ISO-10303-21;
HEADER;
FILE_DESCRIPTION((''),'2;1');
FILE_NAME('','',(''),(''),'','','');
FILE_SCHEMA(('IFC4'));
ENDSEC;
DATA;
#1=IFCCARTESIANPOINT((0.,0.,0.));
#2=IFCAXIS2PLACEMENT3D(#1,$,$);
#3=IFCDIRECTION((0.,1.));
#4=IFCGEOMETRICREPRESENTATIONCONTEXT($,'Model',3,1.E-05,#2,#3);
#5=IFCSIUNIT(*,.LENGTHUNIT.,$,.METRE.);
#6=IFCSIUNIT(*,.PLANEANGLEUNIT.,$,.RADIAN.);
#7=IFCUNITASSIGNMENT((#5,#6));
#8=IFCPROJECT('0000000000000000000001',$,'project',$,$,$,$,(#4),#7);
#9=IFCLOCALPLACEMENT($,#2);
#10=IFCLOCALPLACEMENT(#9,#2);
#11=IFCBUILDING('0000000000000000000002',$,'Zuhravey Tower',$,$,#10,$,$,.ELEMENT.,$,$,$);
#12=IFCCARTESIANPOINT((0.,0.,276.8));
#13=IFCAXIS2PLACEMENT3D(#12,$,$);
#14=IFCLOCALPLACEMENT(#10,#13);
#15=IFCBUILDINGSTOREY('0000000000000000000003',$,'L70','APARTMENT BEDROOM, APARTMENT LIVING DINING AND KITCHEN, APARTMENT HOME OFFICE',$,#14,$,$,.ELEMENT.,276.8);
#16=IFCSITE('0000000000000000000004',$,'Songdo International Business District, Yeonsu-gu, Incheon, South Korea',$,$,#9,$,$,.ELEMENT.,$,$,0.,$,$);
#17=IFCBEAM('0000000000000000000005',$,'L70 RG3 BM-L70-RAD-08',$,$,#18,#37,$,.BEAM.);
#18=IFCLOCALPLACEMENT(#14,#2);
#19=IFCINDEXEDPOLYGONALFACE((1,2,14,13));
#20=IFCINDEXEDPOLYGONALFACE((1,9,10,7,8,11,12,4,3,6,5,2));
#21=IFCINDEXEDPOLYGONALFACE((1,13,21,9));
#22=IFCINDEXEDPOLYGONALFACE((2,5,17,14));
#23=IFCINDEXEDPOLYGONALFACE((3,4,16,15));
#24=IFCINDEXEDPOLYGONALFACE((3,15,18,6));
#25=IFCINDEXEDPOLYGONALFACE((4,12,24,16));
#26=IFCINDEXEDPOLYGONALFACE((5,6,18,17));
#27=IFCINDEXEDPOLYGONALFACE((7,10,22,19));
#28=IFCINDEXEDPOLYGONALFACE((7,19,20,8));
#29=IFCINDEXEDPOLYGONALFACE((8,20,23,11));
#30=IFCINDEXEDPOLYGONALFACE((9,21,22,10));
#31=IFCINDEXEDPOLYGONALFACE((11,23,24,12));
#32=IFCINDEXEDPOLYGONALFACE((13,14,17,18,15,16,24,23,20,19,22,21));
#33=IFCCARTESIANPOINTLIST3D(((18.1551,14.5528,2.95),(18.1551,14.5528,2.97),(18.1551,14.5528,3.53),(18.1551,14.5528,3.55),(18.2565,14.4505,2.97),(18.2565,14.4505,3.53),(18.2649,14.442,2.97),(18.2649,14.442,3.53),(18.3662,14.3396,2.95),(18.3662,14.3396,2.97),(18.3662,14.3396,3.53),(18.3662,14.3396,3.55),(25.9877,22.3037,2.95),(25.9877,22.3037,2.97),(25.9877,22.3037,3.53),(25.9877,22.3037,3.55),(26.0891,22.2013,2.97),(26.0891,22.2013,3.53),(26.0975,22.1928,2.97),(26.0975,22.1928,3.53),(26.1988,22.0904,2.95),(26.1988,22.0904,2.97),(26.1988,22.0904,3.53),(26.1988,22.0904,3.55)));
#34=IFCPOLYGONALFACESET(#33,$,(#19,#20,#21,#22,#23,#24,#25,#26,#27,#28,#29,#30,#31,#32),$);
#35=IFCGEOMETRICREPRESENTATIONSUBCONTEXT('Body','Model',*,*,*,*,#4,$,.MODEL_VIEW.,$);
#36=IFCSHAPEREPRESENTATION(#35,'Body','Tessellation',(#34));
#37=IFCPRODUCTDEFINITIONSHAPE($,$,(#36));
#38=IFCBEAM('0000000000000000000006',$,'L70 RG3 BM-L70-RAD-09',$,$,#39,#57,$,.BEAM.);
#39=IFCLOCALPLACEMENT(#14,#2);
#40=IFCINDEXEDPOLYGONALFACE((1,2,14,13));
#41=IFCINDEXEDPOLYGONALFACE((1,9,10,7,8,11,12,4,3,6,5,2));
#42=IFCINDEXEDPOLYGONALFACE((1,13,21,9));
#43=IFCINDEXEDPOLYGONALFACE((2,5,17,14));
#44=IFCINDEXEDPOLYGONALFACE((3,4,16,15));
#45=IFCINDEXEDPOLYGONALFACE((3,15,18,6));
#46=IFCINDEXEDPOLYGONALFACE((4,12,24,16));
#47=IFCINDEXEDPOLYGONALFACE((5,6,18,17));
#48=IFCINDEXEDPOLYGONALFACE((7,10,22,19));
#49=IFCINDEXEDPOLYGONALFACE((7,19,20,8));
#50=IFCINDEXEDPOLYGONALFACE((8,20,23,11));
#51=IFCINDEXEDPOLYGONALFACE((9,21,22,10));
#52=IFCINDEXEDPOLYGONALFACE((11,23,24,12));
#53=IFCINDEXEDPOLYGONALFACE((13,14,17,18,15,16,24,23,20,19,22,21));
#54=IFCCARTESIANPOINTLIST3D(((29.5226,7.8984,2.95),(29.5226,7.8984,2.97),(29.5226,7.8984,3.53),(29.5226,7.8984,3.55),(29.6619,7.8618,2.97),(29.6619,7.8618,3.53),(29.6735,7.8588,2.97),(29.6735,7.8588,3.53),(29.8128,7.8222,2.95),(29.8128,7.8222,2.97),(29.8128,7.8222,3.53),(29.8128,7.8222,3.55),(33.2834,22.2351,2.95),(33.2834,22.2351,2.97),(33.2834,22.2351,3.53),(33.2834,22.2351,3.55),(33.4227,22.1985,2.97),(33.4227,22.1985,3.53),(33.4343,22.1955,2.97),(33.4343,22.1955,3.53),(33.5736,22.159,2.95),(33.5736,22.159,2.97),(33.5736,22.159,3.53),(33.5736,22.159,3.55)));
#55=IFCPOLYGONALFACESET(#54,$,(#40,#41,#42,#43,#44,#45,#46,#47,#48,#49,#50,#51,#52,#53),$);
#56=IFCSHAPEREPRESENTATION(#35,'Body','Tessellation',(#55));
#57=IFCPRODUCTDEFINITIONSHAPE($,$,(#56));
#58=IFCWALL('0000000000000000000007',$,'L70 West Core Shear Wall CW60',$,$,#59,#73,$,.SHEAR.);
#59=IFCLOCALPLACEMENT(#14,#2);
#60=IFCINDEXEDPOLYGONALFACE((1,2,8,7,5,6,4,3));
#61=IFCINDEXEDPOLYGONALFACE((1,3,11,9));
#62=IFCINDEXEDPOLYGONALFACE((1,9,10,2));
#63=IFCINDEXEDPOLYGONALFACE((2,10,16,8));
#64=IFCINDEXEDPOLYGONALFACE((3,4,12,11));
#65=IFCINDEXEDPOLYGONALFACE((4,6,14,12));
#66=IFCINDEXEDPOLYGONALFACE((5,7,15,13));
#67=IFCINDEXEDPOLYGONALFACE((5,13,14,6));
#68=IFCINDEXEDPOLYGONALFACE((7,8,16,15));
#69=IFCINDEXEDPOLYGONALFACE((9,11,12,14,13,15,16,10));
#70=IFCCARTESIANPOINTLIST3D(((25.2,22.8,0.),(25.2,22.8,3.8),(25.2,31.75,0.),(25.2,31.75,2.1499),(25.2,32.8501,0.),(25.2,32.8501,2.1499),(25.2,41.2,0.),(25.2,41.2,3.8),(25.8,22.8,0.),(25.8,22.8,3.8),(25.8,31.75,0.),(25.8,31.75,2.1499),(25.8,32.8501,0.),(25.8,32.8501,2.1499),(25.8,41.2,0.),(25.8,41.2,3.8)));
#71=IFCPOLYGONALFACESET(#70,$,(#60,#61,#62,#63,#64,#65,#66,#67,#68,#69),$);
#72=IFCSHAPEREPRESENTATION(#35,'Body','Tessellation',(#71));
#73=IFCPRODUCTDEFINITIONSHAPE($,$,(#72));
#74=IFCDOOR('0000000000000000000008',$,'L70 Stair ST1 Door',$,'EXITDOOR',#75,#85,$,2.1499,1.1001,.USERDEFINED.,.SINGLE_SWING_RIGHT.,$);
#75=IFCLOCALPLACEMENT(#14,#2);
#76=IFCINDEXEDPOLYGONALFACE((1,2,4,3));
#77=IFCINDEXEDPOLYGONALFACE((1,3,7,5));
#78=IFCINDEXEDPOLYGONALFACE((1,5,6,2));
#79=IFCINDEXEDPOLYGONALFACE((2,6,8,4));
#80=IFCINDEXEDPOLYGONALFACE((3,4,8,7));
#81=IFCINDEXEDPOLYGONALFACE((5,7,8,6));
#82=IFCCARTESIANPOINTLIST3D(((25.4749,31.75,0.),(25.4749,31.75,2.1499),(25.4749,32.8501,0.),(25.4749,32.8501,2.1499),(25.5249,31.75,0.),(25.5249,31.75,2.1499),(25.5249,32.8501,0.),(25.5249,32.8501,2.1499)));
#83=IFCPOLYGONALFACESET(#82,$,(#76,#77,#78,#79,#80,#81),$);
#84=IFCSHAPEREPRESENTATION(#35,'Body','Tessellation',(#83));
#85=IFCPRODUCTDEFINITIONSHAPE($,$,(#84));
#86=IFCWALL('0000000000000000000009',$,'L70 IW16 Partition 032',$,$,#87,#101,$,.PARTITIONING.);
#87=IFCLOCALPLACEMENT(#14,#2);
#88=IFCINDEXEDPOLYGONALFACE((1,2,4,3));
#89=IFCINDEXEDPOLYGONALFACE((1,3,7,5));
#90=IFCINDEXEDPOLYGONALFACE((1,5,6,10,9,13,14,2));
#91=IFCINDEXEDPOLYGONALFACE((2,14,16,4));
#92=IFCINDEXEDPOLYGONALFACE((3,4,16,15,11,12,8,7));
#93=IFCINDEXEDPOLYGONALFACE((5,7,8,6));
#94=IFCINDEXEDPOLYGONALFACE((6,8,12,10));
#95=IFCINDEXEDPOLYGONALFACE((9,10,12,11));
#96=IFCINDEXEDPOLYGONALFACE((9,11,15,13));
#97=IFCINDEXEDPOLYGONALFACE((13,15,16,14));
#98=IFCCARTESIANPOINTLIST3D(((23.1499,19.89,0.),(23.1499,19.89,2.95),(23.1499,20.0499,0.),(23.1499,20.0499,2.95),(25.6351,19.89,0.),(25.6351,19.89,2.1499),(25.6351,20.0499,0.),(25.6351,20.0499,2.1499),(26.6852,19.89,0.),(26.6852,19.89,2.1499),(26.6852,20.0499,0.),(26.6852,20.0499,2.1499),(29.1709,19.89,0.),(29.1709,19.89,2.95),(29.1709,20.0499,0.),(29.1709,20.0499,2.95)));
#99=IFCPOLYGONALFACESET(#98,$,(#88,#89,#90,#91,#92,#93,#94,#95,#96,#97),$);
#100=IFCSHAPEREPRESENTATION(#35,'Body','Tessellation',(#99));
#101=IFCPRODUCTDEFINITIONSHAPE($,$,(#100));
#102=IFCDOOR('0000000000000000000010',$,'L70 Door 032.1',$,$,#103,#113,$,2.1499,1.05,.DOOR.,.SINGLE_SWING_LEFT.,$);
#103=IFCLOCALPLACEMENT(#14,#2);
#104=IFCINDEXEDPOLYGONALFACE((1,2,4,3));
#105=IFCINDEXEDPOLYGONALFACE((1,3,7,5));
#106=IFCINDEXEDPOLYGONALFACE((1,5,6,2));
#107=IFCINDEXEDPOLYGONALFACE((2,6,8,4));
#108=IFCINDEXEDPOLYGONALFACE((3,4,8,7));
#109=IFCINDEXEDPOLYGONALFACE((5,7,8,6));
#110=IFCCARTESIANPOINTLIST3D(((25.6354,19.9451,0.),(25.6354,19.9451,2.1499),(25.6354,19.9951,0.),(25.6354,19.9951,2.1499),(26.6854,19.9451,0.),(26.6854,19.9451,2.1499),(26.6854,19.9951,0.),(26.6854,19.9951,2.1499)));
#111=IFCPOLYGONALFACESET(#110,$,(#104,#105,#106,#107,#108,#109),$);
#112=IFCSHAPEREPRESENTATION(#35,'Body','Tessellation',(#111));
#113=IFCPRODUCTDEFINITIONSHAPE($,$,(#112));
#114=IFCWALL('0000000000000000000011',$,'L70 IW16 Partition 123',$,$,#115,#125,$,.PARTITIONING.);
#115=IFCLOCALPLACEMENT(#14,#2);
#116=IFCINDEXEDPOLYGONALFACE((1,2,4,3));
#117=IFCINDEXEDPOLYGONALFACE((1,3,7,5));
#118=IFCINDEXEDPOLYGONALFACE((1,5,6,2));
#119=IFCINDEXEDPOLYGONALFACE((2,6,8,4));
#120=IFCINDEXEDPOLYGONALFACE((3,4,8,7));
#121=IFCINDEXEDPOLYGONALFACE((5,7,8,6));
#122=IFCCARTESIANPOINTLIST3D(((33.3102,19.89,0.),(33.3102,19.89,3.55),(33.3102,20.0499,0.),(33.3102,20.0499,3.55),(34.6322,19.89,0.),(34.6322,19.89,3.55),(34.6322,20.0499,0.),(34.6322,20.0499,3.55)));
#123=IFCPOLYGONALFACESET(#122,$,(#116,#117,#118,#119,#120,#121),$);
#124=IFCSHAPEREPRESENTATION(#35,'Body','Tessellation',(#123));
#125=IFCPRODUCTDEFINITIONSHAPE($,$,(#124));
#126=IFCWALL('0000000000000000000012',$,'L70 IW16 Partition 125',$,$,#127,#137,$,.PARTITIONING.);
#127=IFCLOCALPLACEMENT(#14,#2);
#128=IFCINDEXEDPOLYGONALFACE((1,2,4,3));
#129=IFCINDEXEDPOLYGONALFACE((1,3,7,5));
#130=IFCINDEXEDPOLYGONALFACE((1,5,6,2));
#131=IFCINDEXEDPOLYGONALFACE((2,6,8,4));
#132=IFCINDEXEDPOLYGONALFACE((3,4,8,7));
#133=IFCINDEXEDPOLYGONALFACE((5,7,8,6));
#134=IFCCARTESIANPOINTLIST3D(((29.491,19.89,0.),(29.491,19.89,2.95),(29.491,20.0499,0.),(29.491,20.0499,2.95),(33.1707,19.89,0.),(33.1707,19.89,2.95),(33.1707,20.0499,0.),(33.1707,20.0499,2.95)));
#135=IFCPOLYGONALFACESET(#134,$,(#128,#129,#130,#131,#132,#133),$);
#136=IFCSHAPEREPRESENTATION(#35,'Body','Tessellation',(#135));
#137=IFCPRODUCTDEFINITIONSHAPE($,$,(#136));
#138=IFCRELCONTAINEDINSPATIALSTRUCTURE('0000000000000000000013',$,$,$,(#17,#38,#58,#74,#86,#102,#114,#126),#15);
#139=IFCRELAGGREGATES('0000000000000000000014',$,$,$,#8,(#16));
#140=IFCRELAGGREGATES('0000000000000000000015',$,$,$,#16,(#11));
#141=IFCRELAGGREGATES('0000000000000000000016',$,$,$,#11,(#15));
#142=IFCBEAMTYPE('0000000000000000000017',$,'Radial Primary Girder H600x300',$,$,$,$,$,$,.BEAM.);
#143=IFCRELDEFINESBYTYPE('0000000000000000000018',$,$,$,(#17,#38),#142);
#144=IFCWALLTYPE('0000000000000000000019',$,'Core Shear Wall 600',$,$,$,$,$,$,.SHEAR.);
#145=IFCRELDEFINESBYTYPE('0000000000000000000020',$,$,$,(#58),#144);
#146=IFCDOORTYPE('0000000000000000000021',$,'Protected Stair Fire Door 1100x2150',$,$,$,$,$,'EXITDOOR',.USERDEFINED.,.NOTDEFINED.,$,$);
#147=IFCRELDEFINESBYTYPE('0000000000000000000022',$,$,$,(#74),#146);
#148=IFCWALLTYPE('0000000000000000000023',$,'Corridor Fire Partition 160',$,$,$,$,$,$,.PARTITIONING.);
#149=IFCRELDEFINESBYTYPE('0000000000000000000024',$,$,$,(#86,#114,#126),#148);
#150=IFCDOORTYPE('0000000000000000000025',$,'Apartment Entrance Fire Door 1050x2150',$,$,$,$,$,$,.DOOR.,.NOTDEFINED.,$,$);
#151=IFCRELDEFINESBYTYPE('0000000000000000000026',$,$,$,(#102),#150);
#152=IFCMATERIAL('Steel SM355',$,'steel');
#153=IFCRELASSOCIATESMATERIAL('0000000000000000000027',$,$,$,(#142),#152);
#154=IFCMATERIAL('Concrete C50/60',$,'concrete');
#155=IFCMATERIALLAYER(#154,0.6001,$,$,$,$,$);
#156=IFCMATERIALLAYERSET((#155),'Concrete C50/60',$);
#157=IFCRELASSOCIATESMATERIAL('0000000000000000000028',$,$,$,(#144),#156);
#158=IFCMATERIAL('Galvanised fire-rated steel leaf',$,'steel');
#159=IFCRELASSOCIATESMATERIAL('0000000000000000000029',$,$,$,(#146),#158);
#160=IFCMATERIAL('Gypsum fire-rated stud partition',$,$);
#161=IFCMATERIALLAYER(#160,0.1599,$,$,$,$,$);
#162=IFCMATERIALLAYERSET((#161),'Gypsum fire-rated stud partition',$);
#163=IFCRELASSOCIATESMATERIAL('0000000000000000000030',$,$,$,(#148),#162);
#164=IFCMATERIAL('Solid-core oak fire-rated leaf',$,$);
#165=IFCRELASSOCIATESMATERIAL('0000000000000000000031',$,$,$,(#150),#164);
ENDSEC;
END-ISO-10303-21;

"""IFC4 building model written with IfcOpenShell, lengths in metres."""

from ifc_helpers import new_model, si_unit, direction, frame, frame_2d, origin, origin_2d, place, context, subcontext, project, spatial, rectangle, i_section, extrude, material, layer, layer_set, material_profile, profile_set, type_object, element, fill, save


model = new_model("IFC4")

# Units and contexts
model_context = context("Model", 3, precision=1e-05, world=origin(), true_north=direction((0.0, 1.0)))
body_context = subcontext(model_context, "Body", "Model", "MODEL_VIEW")
ifc_project = project(units=[si_unit("LENGTHUNIT", "METRE"), si_unit("PLANEANGLEUNIT", "RADIAN")], contexts=[model_context])

# Site, building, storey
site_placement = place(None, origin())
site = spatial("IfcSite", under=ifc_project, at=site_placement, Name="Songdo International Business District, Yeonsu-gu, Incheon, South Korea", CompositionType="ELEMENT", RefElevation=0.0)
building_placement = place(site_placement, origin())
building = spatial("IfcBuilding", under=site, at=building_placement, Name="Zuhravey Tower", CompositionType="ELEMENT")
storey_placement = place(building_placement, frame((0.0, 0.0, 276.8)))
storey = spatial("IfcBuildingStorey", under=building, at=storey_placement, Name="L70", Description="APARTMENT BEDROOM, APARTMENT LIVING DINING AND KITCHEN, APARTMENT HOME OFFICE", CompositionType="ELEMENT", Elevation=276.8)

# Beams
ifc_material_1 = material(Name="Steel SM355", Category="steel")
ifc_material_profile = material_profile(ifc_material_1, i_section(OverallWidth=0.3, OverallDepth=0.6001, WebThickness=0.012, FlangeThickness=0.02, at=origin_2d()), Name="H-600x300x12x20")
ifc_profile_set = profile_set([ifc_material_profile], Name="Steel SM355")
beam_type = type_object("IfcBeamType", Name="Radial Primary Girder H600x300", PredefinedType="BEAM", material=ifc_profile_set)
beam_1_placement = place(storey_placement, frame((26.0933, 22.197, 3.25), z_axis=(-0.710808, -0.703386, 0.0), x_axis=(0.703386, -0.710808, 0.0)))
element("IfcBeam", 1, at=beam_1_placement, inside=storey, type_object=beam_type, Name="L70 RG3 BM-L70-RAD-08", PredefinedType="BEAM", context=body_context, shape_type="SweptSolid", body=[
    extrude(i_section(OverallWidth=0.3, OverallDepth=0.6001, WebThickness=0.012, FlangeThickness=0.02, at=origin_2d()), origin(), (0.0, 0.0, 1.0), 11.0193),
])
beam_2_placement = place(storey_placement, frame((33.4285, 22.197, 3.25), z_axis=(-0.253732, -0.967275, 0.0), x_axis=(0.967275, -0.253732, 0.0)))
element("IfcBeam", 2, at=beam_2_placement, inside=storey, type_object=beam_type, Name="L70 RG3 BM-L70-RAD-09", PredefinedType="BEAM", context=body_context, shape_type="SweptSolid", body=[
    extrude(i_section(OverallWidth=0.3, OverallDepth=0.6001, WebThickness=0.012, FlangeThickness=0.02, at=origin_2d()), origin(), (0.0, 0.0, 1.0), 14.8218),
])

# Walls, openings, doors
ifc_material_2 = material(Name="Concrete C50/60", Category="concrete")
ifc_layer_1 = layer(ifc_material_2, 0.6001)
ifc_layer_set_1 = layer_set([ifc_layer_1], Name="Concrete C50/60")
wall_type_1 = type_object("IfcWallType", Name="Core Shear Wall 600", PredefinedType="SHEAR", material=ifc_layer_set_1)
ifc_material_3 = material(Name="Galvanised fire-rated steel leaf", Category="steel")
wall_1_placement = place(storey_placement, frame((25.5, 22.8, 0.0), z_axis=(0.0, 0.0, 1.0), x_axis=(0.0, 1.0, 0.0)))
wall_1 = element("IfcWall", 3, at=wall_1_placement, inside=storey, type_object=wall_type_1, Name="L70 West Core Shear Wall CW60", PredefinedType="SHEAR", context=body_context, shape_type="SweptSolid", body=[
    extrude(rectangle(XDim=18.3999, YDim=0.6001, at=frame_2d((9.2, 0.0))), origin(), (0.0, 0.0, 1.0), 3.8),
])
opening_1_placement = place(wall_1_placement, frame((8.95, 0.0, 0.0)))
opening_1 = element("IfcOpeningElement", 4, at=opening_1_placement, cuts=wall_1, PredefinedType="OPENING", context=body_context, shape_type="SweptSolid", body=[
    extrude(rectangle(XDim=1.1001, YDim=2.1499, at=frame_2d((0.55, 1.075))), frame((0.0, 0.312, 0.0), z_axis=(0.0, -1.0, 0.0), x_axis=(1.0, 0.0, 0.0)), (0.0, 0.0, 1.0), 0.624),
])
door_type_1 = type_object("IfcDoorType", Name="Protected Stair Fire Door 1100x2150", ElementType="EXITDOOR", OperationType="NOTDEFINED", PredefinedType="USERDEFINED", material=ifc_material_3)
door_1_placement = place(opening_1_placement, frame((1.1001, 0.0, 0.0), z_axis=(0.0, 0.0, 1.0), x_axis=(-1.0, 0.0, 0.0)))
door_1 = element("IfcDoor", 5, at=door_1_placement, inside=storey, type_object=door_type_1, Name="L70 Stair ST1 Door", ObjectType="EXITDOOR", OperationType="SINGLE_SWING_RIGHT", OverallHeight=2.1499, OverallWidth=1.1001, PredefinedType="USERDEFINED", context=body_context, shape_type="SweptSolid", body=[
    extrude(rectangle(XDim=1.1001, YDim=2.1499, at=frame_2d((0.55, 1.075))), frame((0.0, 0.0249, 0.0), z_axis=(0.0, -1.0, 0.0), x_axis=(1.0, 0.0, 0.0)), (0.0, 0.0, 1.0), 0.05),
])
fill(opening_1, door_1)
ifc_material_4 = material(Name="Gypsum fire-rated stud partition")
ifc_layer_2 = layer(ifc_material_4, 0.1599)
ifc_layer_set_2 = layer_set([ifc_layer_2], Name="Gypsum fire-rated stud partition")
wall_type_2 = type_object("IfcWallType", Name="Corridor Fire Partition 160", PredefinedType="PARTITIONING", material=ifc_layer_set_2)
wall_2_placement = place(storey_placement, frame((23.1499, 19.97, 0.0), z_axis=(0.0, 0.0, 1.0), x_axis=(1.0, 0.0, 0.0)))
wall_2 = element("IfcWall", 6, at=wall_2_placement, inside=storey, type_object=wall_type_2, Name="L70 IW16 Partition 032", PredefinedType="PARTITIONING", context=body_context, shape_type="SweptSolid", body=[
    extrude(rectangle(XDim=6.021, YDim=0.1599, at=frame_2d((3.0105, 0.0))), origin(), (0.0, 0.0, 1.0), 2.95),
])
opening_2_placement = place(wall_2_placement, frame((2.4854, 0.0, 0.0)))
opening_2 = element("IfcOpeningElement", 7, at=opening_2_placement, cuts=wall_2, PredefinedType="OPENING", context=body_context, shape_type="SweptSolid", body=[
    extrude(rectangle(XDim=1.05, YDim=2.1499, at=frame_2d((0.5249, 1.075))), frame((0.0, 0.092, 0.0), z_axis=(0.0, -1.0, 0.0), x_axis=(1.0, 0.0, 0.0)), (0.0, 0.0, 1.0), 0.1838),
])
ifc_material_5 = material(Name="Solid-core oak fire-rated leaf")
door_type_2 = type_object("IfcDoorType", Name="Apartment Entrance Fire Door 1050x2150", OperationType="NOTDEFINED", PredefinedType="DOOR", material=ifc_material_5)
door_2_placement = place(opening_2_placement, frame((1.05, 0.0, 0.0), z_axis=(0.0, 0.0, 1.0), x_axis=(-1.0, 0.0, 0.0)))
door_2 = element("IfcDoor", 8, at=door_2_placement, inside=storey, type_object=door_type_2, Name="L70 Door 032.1", OperationType="SINGLE_SWING_LEFT", OverallHeight=2.1499, OverallWidth=1.05, PredefinedType="DOOR", context=body_context, shape_type="SweptSolid", body=[
    extrude(rectangle(XDim=1.05, YDim=2.1499, at=frame_2d((0.5249, 1.075))), frame((0.0, 0.0249, 0.0), z_axis=(0.0, -1.0, 0.0), x_axis=(1.0, 0.0, 0.0)), (0.0, 0.0, 1.0), 0.05),
])
fill(opening_2, door_2)

# Walls
wall_3_placement = place(storey_placement, frame((33.3101, 19.97, 0.0), z_axis=(0.0, 0.0, 1.0), x_axis=(1.0, 0.0, 0.0)))
element("IfcWall", 9, at=wall_3_placement, inside=storey, type_object=wall_type_2, Name="L70 IW16 Partition 123", PredefinedType="PARTITIONING", context=body_context, shape_type="SweptSolid", body=[
    extrude(rectangle(XDim=1.322, YDim=0.1599, at=frame_2d((0.6611, 0.0))), origin(), (0.0, 0.0, 1.0), 3.55),
])
wall_4_placement = place(storey_placement, frame((29.491, 19.97, 0.0), z_axis=(0.0, 0.0, 1.0), x_axis=(1.0, 0.0, 0.0)))
element("IfcWall", 10, at=wall_4_placement, inside=storey, type_object=wall_type_2, Name="L70 IW16 Partition 125", PredefinedType="PARTITIONING", context=body_context, shape_type="SweptSolid", body=[
    extrude(rectangle(XDim=3.6797, YDim=0.1599, at=frame_2d((1.8398, 0.0))), origin(), (0.0, 0.0, 1.0), 2.95),
])

save(model, "model.ifc")
